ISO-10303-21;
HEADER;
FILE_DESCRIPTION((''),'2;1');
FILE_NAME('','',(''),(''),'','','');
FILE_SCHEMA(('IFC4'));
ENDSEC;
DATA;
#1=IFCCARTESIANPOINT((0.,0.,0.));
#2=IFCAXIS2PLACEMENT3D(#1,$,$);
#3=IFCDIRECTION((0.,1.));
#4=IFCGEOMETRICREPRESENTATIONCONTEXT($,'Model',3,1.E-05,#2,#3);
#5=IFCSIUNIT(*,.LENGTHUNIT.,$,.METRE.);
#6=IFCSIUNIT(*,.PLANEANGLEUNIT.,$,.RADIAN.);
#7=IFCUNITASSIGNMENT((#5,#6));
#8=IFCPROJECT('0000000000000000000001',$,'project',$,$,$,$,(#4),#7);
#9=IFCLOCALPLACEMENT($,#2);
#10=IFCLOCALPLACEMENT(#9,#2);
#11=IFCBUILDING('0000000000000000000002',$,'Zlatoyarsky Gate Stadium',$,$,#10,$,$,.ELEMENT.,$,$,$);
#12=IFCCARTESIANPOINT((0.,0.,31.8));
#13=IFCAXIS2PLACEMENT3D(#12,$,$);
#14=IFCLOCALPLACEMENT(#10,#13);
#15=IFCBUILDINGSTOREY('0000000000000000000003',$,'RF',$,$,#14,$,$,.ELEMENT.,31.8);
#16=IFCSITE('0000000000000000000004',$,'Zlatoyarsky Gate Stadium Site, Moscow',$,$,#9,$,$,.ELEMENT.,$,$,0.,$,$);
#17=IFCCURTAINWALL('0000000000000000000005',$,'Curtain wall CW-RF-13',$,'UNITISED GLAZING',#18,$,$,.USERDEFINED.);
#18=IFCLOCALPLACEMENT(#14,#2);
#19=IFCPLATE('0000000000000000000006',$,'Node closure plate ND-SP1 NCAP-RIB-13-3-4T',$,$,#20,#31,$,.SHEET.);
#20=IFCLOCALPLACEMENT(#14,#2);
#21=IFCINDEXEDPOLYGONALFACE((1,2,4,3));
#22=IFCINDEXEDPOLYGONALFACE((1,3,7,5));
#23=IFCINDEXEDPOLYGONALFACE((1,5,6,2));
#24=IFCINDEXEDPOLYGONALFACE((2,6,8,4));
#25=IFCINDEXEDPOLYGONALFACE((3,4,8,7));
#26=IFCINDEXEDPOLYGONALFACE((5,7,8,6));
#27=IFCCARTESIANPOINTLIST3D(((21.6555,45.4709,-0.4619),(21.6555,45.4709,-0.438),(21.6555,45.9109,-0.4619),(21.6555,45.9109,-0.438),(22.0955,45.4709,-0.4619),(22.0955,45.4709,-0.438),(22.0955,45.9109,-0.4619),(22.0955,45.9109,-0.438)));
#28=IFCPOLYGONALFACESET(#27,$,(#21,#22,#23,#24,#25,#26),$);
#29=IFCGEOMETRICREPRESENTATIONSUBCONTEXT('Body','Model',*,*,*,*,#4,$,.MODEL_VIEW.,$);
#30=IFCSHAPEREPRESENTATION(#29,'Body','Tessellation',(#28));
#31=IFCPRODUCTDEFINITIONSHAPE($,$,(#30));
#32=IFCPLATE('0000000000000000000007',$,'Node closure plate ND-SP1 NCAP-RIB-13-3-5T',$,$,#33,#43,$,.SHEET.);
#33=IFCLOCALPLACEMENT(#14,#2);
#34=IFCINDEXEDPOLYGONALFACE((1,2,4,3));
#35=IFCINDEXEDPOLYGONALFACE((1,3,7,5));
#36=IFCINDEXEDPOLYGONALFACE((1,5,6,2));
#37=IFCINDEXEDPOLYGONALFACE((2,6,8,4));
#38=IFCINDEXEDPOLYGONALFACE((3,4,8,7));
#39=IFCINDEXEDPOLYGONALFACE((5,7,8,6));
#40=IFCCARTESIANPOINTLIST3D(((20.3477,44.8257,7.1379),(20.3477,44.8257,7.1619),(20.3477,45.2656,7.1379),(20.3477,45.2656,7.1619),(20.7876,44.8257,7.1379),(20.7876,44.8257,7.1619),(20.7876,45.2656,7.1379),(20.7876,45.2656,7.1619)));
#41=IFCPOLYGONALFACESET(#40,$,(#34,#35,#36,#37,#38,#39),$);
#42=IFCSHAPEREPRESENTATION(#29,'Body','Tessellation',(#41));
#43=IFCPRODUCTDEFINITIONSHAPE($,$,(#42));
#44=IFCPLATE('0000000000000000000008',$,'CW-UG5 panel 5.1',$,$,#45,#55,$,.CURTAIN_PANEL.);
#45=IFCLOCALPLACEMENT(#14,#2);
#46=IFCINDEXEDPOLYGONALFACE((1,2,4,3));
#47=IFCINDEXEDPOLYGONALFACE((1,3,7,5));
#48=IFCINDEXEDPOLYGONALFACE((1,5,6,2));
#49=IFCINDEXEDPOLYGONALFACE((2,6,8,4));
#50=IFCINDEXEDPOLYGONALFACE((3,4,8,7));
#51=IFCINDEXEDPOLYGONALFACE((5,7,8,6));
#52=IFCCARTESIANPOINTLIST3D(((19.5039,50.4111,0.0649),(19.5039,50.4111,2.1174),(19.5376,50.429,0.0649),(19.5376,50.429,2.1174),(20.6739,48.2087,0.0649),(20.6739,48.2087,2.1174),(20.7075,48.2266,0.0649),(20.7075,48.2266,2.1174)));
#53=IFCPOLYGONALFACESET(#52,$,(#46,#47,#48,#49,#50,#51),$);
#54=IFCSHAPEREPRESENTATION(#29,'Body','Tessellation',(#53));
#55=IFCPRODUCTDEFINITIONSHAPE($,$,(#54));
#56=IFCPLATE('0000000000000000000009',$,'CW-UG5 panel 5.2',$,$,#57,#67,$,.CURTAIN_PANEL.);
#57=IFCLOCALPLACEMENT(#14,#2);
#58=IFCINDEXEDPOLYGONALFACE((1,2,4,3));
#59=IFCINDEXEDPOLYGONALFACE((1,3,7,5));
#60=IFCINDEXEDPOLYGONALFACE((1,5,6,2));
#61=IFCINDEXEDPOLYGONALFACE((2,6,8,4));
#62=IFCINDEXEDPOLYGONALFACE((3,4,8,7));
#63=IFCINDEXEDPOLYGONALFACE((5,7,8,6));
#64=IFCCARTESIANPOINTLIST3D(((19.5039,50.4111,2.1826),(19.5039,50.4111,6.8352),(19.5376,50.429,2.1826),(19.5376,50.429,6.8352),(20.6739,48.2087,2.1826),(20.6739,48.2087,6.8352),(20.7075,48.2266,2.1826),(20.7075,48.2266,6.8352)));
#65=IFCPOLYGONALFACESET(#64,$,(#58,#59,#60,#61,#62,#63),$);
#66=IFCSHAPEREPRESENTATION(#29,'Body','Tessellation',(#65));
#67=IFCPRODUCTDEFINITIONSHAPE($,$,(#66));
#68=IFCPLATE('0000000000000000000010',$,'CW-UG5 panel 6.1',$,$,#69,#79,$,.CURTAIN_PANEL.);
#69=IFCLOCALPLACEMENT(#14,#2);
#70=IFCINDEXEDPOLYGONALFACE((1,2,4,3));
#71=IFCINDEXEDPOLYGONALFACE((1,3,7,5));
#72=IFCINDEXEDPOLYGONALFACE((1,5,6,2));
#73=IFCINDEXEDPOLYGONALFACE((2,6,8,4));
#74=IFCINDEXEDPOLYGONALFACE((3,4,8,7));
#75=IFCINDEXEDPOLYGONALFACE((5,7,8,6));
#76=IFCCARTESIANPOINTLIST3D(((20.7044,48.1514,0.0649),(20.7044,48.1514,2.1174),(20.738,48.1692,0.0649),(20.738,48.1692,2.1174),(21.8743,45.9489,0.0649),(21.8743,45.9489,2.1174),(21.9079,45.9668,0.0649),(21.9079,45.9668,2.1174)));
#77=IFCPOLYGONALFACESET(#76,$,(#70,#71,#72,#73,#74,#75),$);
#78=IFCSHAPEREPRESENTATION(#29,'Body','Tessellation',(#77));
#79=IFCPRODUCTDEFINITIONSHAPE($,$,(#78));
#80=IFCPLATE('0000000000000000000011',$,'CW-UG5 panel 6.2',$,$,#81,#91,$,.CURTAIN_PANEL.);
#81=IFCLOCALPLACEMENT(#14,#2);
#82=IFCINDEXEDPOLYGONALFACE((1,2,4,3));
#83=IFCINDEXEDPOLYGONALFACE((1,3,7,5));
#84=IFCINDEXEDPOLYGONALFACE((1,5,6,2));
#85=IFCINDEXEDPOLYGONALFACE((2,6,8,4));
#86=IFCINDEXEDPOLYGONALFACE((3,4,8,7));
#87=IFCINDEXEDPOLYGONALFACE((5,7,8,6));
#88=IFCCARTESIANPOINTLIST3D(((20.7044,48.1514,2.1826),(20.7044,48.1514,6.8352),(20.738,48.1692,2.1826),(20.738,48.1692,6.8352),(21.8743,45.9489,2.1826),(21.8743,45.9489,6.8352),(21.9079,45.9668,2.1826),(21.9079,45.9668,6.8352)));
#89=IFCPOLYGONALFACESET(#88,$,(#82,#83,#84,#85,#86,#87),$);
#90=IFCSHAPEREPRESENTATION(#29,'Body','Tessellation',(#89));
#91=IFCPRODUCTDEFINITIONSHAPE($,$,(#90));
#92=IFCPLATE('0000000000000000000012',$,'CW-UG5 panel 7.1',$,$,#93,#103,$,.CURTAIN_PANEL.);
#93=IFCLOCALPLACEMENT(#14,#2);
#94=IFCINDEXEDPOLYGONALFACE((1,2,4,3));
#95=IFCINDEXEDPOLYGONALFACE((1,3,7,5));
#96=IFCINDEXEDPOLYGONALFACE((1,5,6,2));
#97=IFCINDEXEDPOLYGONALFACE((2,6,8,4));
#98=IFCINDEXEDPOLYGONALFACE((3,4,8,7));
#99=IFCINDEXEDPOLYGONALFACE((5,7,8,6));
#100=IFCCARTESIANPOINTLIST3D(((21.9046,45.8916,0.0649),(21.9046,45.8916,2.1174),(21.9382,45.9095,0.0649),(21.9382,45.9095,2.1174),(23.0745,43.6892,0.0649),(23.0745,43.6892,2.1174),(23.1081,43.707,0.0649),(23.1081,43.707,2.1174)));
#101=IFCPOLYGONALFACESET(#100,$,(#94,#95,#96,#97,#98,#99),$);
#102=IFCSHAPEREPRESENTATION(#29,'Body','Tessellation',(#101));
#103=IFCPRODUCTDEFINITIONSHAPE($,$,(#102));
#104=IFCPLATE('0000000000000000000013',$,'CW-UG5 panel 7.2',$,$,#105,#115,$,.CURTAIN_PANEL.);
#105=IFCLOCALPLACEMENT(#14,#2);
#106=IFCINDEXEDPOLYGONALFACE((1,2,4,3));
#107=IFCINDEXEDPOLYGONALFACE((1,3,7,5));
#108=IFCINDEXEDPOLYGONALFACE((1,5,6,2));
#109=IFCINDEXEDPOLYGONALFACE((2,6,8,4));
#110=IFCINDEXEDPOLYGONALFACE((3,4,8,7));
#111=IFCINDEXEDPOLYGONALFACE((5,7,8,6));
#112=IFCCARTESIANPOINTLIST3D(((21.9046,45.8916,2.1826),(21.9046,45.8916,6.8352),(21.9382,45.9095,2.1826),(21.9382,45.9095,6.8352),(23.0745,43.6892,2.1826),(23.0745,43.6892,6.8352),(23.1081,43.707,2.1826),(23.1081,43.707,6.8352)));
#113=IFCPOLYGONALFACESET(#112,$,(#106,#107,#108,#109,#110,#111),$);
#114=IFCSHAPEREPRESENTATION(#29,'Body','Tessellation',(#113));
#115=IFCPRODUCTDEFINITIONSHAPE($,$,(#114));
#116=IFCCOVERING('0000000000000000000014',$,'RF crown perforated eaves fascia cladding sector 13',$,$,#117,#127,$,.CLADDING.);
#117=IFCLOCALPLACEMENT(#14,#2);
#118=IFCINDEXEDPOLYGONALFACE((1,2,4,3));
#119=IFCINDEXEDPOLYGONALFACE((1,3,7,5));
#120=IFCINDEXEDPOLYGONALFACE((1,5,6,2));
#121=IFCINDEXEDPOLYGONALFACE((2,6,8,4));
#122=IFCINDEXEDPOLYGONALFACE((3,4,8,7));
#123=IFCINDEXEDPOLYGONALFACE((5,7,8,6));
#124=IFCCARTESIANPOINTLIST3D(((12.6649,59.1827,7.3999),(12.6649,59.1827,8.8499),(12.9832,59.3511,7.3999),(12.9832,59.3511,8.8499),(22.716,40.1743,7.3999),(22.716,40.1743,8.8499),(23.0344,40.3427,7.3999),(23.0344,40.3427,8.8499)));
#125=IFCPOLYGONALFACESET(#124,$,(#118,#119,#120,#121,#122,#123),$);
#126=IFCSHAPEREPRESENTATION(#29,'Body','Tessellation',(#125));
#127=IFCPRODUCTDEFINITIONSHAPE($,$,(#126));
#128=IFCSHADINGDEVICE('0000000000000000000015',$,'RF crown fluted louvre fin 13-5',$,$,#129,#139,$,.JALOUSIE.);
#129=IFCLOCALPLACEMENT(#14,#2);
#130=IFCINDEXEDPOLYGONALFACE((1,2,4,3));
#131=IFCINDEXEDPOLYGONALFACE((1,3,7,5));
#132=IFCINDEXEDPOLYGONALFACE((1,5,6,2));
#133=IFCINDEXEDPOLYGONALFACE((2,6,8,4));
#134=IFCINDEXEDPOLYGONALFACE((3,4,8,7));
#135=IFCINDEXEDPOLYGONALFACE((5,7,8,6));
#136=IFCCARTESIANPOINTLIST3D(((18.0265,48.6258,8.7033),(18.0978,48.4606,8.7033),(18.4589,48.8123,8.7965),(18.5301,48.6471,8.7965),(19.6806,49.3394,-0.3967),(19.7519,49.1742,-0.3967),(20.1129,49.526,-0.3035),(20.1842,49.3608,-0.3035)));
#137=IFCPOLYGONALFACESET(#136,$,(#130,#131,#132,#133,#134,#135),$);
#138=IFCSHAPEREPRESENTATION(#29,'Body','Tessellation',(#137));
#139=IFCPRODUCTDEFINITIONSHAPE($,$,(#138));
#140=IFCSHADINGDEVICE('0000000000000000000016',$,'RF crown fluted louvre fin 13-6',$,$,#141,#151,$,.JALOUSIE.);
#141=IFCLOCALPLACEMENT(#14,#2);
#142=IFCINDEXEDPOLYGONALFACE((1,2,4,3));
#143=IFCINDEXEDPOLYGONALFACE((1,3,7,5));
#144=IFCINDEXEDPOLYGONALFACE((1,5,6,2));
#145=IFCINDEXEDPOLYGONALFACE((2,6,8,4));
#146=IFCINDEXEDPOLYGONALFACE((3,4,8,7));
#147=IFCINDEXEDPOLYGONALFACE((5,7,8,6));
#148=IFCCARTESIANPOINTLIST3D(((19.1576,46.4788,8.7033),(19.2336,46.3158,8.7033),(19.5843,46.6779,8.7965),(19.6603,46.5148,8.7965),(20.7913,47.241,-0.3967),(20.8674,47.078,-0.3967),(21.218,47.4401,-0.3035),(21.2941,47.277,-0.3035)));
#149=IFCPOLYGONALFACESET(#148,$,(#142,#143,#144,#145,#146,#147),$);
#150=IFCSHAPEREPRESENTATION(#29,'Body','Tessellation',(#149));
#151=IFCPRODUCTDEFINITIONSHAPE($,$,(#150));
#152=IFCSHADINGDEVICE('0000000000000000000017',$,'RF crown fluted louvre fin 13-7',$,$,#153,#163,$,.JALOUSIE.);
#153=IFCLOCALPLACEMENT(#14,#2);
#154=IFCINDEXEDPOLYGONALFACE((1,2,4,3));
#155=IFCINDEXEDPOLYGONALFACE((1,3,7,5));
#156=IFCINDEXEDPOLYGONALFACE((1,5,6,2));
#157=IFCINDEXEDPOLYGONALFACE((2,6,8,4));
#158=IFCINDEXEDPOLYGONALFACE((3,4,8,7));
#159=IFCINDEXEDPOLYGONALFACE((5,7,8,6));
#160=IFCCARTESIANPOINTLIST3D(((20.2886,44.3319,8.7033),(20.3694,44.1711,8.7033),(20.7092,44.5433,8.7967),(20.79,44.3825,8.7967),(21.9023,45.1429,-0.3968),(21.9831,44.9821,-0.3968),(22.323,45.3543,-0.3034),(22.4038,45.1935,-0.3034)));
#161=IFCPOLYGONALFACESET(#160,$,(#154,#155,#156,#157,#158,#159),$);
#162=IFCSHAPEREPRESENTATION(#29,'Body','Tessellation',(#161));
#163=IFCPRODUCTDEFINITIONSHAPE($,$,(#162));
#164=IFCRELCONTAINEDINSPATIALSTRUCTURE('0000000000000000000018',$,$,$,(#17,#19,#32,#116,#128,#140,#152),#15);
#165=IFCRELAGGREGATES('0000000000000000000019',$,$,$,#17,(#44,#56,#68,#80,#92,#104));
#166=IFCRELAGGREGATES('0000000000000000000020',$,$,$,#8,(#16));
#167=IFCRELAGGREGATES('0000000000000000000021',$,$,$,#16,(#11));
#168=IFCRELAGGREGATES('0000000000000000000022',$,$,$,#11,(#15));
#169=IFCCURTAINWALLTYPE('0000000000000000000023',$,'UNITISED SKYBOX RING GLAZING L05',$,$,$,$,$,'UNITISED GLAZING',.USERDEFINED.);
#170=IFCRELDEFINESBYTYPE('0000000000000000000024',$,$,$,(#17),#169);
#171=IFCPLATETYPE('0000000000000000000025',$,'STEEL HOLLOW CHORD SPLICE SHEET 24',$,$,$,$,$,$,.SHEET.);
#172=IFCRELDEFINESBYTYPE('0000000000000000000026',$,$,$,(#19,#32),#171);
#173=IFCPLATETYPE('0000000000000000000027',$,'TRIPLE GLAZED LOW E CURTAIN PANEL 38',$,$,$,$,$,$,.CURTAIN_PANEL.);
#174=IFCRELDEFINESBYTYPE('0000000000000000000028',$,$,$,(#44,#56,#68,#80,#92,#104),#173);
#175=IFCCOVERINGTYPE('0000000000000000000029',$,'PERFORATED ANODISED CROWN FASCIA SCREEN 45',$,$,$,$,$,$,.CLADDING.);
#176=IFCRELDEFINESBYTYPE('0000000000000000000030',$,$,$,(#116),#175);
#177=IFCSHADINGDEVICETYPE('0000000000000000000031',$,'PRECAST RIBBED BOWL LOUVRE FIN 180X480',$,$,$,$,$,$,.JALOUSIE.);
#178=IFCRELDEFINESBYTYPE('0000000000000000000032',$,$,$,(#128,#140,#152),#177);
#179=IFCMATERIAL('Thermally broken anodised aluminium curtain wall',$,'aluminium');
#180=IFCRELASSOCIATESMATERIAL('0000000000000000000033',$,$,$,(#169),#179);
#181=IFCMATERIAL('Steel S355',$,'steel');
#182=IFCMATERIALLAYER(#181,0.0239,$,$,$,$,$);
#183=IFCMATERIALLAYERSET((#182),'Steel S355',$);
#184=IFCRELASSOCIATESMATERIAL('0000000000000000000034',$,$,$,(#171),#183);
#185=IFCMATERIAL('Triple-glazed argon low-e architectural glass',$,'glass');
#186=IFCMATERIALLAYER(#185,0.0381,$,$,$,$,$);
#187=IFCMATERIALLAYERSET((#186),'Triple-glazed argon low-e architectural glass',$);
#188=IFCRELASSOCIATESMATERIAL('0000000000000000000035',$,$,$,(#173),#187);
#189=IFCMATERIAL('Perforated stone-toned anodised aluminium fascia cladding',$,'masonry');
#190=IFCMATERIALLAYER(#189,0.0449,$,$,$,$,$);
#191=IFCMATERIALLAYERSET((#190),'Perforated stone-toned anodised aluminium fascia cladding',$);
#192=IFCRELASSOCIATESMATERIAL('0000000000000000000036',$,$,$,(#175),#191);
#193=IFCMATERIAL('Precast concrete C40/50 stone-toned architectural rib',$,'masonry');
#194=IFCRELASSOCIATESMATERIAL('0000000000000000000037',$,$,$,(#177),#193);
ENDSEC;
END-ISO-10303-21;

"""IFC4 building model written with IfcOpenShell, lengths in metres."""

from ifc_helpers import new_model, si_unit, direction, frame, origin, origin_2d, place, context, subcontext, project, spatial, rectangle, extrude, material, layer, layer_set, material_profile, profile_set, type_object, element, aggregate, save


model = new_model("IFC4")

# Units and contexts
model_context = context("Model", 3, precision=1e-05, world=origin(), true_north=direction((0.0, 1.0)))
body_context = subcontext(model_context, "Body", "Model", "MODEL_VIEW")
ifc_project = project(units=[si_unit("LENGTHUNIT", "METRE"), si_unit("PLANEANGLEUNIT", "RADIAN")], contexts=[model_context])

# Site, building, storey
site_placement = place(None, origin())
site = spatial("IfcSite", under=ifc_project, at=site_placement, Name="Zlatoyarsky Gate Stadium Site, Moscow", CompositionType="ELEMENT", RefElevation=0.0)
building_placement = place(site_placement, origin())
building = spatial("IfcBuilding", under=site, at=building_placement, Name="Zlatoyarsky Gate Stadium", CompositionType="ELEMENT")
storey_placement = place(building_placement, frame((0.0, 0.0, 31.8)))
storey = spatial("IfcBuildingStorey", under=building, at=storey_placement, Name="RF", CompositionType="ELEMENT", Elevation=31.8)

# Curtain wall
ifc_material_1 = material(Name="Thermally broken anodised aluminium curtain wall", Category="aluminium")
curtain_wall_type = type_object("IfcCurtainWallType", Name="UNITISED SKYBOX RING GLAZING L05", ElementType="UNITISED GLAZING", PredefinedType="USERDEFINED", material=ifc_material_1)
curtain_wall_placement = place(storey_placement, origin())
curtain_wall = element("IfcCurtainWall", 1, at=curtain_wall_placement, inside=storey, type_object=curtain_wall_type, Name="Curtain wall CW-RF-13", ObjectType="UNITISED GLAZING", PredefinedType="USERDEFINED")

# Shared definitions
ifc_material_2 = material(Name="Steel S355", Category="steel")

# Plates
ifc_layer_1 = layer(ifc_material_2, 0.0239)
ifc_layer_set_1 = layer_set([ifc_layer_1], Name="Steel S355")
plate_type_1 = type_object("IfcPlateType", Name="STEEL HOLLOW CHORD SPLICE SHEET 24", PredefinedType="SHEET", material=ifc_layer_set_1)
for number, where, z_axis, x_axis, name in (
    (2, (21.8755, 45.6909, -0.4619), (0.0, 0.0, 1.0), (1.0, 0.0, 0.0), "Node closure plate ND-SP1 NCAP-RIB-13-3-4T"),
    (3, (20.5676, 45.0457, 7.1379), (0.0, 0.0, 1.0), (1.0, 0.0, 0.0), "Node closure plate ND-SP1 NCAP-RIB-13-3-5T"),
):
    element("IfcPlate", number, at=place(storey_placement, frame(where, z_axis=z_axis, x_axis=x_axis)), inside=storey, type_object=plate_type_1, Name=name, PredefinedType="SHEET", context=body_context, shape_type="SweptSolid", body=[
        extrude(rectangle(XDim=0.4399, YDim=0.4399, at=origin_2d()), origin(), (0.0, 0.0, 1.0), 0.0239),
    ])

# Plates
ifc_material_3 = material(Name="Triple-glazed argon low-e architectural glass", Category="glass")
ifc_layer_2 = layer(ifc_material_3, 0.0381)
ifc_layer_set_2 = layer_set([ifc_layer_2], Name="Triple-glazed argon low-e architectural glass")
plate_type_2 = type_object("IfcPlateType", Name="TRIPLE GLAZED LOW E CURTAIN PANEL 38", PredefinedType="CURTAIN_PANEL", material=ifc_layer_set_2)
plate_1_placement = place(storey_placement, frame((20.1057, 49.3188, 0.0649), z_axis=(0.0, 0.0, 1.0), x_axis=(0.469127, -0.883131, 0.0)))
plate_1 = element("IfcPlate", 4, at=plate_1_placement, type_object=plate_type_2, Name="CW-UG5 panel 5.1", PredefinedType="CURTAIN_PANEL", context=body_context, shape_type="SweptSolid", body=[
    extrude(rectangle(XDim=2.4939, YDim=0.0381, at=origin_2d()), origin(), (0.0, 0.0, 1.0), 2.0525),
])
plate_2_placement = place(storey_placement, frame((20.1057, 49.3188, 2.1826), z_axis=(0.0, 0.0, 1.0), x_axis=(0.469127, -0.883131, 0.0)))
plate_2 = element("IfcPlate", 5, at=plate_2_placement, type_object=plate_type_2, Name="CW-UG5 panel 5.2", PredefinedType="CURTAIN_PANEL", context=body_context, shape_type="SweptSolid", body=[
    extrude(rectangle(XDim=2.4939, YDim=0.0381, at=origin_2d()), origin(), (0.0, 0.0, 1.0), 4.6526),
])
plate_3_placement = place(storey_placement, frame((21.3062, 47.0591, 0.0649), z_axis=(0.0, 0.0, 1.0), x_axis=(0.469127, -0.883131, 0.0)))
plate_3 = element("IfcPlate", 6, at=plate_3_placement, type_object=plate_type_2, Name="CW-UG5 panel 6.1", PredefinedType="CURTAIN_PANEL", context=body_context, shape_type="SweptSolid", body=[
    extrude(rectangle(XDim=2.4939, YDim=0.0381, at=origin_2d()), origin(), (0.0, 0.0, 1.0), 2.0525),
])
plate_4_placement = place(storey_placement, frame((21.3062, 47.0591, 2.1826), z_axis=(0.0, 0.0, 1.0), x_axis=(0.469127, -0.883131, 0.0)))
plate_4 = element("IfcPlate", 7, at=plate_4_placement, type_object=plate_type_2, Name="CW-UG5 panel 6.2", PredefinedType="CURTAIN_PANEL", context=body_context, shape_type="SweptSolid", body=[
    extrude(rectangle(XDim=2.4939, YDim=0.0381, at=origin_2d()), origin(), (0.0, 0.0, 1.0), 4.6526),
])
plate_5_placement = place(storey_placement, frame((22.5063, 44.7993, 0.0649), z_axis=(0.0, 0.0, 1.0), x_axis=(0.469127, -0.883131, 0.0)))
plate_5 = element("IfcPlate", 8, at=plate_5_placement, type_object=plate_type_2, Name="CW-UG5 panel 7.1", PredefinedType="CURTAIN_PANEL", context=body_context, shape_type="SweptSolid", body=[
    extrude(rectangle(XDim=2.4939, YDim=0.0381, at=origin_2d()), origin(), (0.0, 0.0, 1.0), 2.0525),
])
plate_6_placement = place(storey_placement, frame((22.5063, 44.7993, 2.1826), z_axis=(0.0, 0.0, 1.0), x_axis=(0.469127, -0.883131, 0.0)))
plate_6 = element("IfcPlate", 9, at=plate_6_placement, type_object=plate_type_2, Name="CW-UG5 panel 7.2", PredefinedType="CURTAIN_PANEL", context=body_context, shape_type="SweptSolid", body=[
    extrude(rectangle(XDim=2.4939, YDim=0.0381, at=origin_2d()), origin(), (0.0, 0.0, 1.0), 4.6526),
])
aggregate(curtain_wall, [plate_1, plate_2, plate_3, plate_4, plate_5, plate_6])

# Covering
ifc_material_4 = material(Name="Perforated stone-toned anodised aluminium fascia cladding", Category="masonry")
ifc_layer_3 = layer(ifc_material_4, 0.0449)
ifc_layer_set_3 = layer_set([ifc_layer_3], Name="Perforated stone-toned anodised aluminium fascia cladding")
covering_type = type_object("IfcCoveringType", Name="PERFORATED ANODISED CROWN FASCIA SCREEN 45", PredefinedType="CLADDING", material=ifc_layer_set_3)
covering_placement = place(storey_placement, frame((17.8496, 49.7627, 7.3999), z_axis=(0.0, 0.0, 1.0), x_axis=(0.467448, -0.884021, 0.0)))
element("IfcCovering", 10, at=covering_placement, inside=storey, type_object=covering_type, Name="RF crown perforated eaves fascia cladding sector 13", PredefinedType="CLADDING", context=body_context, shape_type="SweptSolid", body=[
    extrude(rectangle(XDim=21.5022, YDim=0.3601, at=origin_2d()), origin(), (0.0, 0.0, 1.0), 1.45),
])

# Shading devices
ifc_material_5 = material(Name="Precast concrete C40/50 stone-toned architectural rib", Category="masonry")
ifc_material_profile_1 = material_profile(ifc_material_5, rectangle(XDim=0.1799, YDim=0.48, at=origin_2d()), Name="RIB 180X480")
ifc_profile_set_1 = profile_set([ifc_material_profile_1], Name="Precast concrete C40/50 stone-toned architectural rib")
shading_device_type = type_object("IfcShadingDeviceType", Name="PRECAST RIBBED BOWL LOUVRE FIN 180X480", PredefinedType="JALOUSIE", material=ifc_profile_set_1)
shading_device_1_placement = place(storey_placement, frame((19.9324, 49.3501, -0.3501), z_axis=(-0.178302, -0.076926, 0.980964), x_axis=(0.396143, -0.918189, 0.0)))
element("IfcShadingDevice", 11, at=shading_device_1_placement, inside=storey, type_object=shading_device_type, Name="RF crown fluted louvre fin 13-5", PredefinedType="JALOUSIE", context=body_context, shape_type="SweptSolid", body=[
    extrude(rectangle(XDim=0.1799, YDim=0.48, at=origin_2d()), origin(), (0.0, 0.0, 1.0), 9.2766),
])
shading_device_2_placement = place(storey_placement, frame((21.0427, 47.259, -0.3501), z_axis=(-0.176113, -0.082161, 0.980935), x_axis=(0.422782, -0.906232, 0.0)))
element("IfcShadingDevice", 12, at=shading_device_2_placement, inside=storey, type_object=shading_device_type, Name="RF crown fluted louvre fin 13-6", PredefinedType="JALOUSIE", context=body_context, shape_type="SweptSolid", body=[
    extrude(rectangle(XDim=0.1799, YDim=0.48, at=origin_2d()), origin(), (0.0, 0.0, 1.0), 9.2769),
])
shading_device_3_placement = place(storey_placement, frame((22.1531, 45.1682, -0.3501), z_axis=(-0.173943, -0.087419, 0.980868), x_axis=(0.449051, -0.893506, 0.0)))
element("IfcShadingDevice", 13, at=shading_device_3_placement, inside=storey, type_object=shading_device_type, Name="RF crown fluted louvre fin 13-7", PredefinedType="JALOUSIE", context=body_context, shape_type="SweptSolid", body=[
    extrude(rectangle(XDim=0.1799, YDim=0.48, at=origin_2d()), origin(), (0.0, 0.0, 1.0), 9.2776),
])

save(model, "model.ifc")
